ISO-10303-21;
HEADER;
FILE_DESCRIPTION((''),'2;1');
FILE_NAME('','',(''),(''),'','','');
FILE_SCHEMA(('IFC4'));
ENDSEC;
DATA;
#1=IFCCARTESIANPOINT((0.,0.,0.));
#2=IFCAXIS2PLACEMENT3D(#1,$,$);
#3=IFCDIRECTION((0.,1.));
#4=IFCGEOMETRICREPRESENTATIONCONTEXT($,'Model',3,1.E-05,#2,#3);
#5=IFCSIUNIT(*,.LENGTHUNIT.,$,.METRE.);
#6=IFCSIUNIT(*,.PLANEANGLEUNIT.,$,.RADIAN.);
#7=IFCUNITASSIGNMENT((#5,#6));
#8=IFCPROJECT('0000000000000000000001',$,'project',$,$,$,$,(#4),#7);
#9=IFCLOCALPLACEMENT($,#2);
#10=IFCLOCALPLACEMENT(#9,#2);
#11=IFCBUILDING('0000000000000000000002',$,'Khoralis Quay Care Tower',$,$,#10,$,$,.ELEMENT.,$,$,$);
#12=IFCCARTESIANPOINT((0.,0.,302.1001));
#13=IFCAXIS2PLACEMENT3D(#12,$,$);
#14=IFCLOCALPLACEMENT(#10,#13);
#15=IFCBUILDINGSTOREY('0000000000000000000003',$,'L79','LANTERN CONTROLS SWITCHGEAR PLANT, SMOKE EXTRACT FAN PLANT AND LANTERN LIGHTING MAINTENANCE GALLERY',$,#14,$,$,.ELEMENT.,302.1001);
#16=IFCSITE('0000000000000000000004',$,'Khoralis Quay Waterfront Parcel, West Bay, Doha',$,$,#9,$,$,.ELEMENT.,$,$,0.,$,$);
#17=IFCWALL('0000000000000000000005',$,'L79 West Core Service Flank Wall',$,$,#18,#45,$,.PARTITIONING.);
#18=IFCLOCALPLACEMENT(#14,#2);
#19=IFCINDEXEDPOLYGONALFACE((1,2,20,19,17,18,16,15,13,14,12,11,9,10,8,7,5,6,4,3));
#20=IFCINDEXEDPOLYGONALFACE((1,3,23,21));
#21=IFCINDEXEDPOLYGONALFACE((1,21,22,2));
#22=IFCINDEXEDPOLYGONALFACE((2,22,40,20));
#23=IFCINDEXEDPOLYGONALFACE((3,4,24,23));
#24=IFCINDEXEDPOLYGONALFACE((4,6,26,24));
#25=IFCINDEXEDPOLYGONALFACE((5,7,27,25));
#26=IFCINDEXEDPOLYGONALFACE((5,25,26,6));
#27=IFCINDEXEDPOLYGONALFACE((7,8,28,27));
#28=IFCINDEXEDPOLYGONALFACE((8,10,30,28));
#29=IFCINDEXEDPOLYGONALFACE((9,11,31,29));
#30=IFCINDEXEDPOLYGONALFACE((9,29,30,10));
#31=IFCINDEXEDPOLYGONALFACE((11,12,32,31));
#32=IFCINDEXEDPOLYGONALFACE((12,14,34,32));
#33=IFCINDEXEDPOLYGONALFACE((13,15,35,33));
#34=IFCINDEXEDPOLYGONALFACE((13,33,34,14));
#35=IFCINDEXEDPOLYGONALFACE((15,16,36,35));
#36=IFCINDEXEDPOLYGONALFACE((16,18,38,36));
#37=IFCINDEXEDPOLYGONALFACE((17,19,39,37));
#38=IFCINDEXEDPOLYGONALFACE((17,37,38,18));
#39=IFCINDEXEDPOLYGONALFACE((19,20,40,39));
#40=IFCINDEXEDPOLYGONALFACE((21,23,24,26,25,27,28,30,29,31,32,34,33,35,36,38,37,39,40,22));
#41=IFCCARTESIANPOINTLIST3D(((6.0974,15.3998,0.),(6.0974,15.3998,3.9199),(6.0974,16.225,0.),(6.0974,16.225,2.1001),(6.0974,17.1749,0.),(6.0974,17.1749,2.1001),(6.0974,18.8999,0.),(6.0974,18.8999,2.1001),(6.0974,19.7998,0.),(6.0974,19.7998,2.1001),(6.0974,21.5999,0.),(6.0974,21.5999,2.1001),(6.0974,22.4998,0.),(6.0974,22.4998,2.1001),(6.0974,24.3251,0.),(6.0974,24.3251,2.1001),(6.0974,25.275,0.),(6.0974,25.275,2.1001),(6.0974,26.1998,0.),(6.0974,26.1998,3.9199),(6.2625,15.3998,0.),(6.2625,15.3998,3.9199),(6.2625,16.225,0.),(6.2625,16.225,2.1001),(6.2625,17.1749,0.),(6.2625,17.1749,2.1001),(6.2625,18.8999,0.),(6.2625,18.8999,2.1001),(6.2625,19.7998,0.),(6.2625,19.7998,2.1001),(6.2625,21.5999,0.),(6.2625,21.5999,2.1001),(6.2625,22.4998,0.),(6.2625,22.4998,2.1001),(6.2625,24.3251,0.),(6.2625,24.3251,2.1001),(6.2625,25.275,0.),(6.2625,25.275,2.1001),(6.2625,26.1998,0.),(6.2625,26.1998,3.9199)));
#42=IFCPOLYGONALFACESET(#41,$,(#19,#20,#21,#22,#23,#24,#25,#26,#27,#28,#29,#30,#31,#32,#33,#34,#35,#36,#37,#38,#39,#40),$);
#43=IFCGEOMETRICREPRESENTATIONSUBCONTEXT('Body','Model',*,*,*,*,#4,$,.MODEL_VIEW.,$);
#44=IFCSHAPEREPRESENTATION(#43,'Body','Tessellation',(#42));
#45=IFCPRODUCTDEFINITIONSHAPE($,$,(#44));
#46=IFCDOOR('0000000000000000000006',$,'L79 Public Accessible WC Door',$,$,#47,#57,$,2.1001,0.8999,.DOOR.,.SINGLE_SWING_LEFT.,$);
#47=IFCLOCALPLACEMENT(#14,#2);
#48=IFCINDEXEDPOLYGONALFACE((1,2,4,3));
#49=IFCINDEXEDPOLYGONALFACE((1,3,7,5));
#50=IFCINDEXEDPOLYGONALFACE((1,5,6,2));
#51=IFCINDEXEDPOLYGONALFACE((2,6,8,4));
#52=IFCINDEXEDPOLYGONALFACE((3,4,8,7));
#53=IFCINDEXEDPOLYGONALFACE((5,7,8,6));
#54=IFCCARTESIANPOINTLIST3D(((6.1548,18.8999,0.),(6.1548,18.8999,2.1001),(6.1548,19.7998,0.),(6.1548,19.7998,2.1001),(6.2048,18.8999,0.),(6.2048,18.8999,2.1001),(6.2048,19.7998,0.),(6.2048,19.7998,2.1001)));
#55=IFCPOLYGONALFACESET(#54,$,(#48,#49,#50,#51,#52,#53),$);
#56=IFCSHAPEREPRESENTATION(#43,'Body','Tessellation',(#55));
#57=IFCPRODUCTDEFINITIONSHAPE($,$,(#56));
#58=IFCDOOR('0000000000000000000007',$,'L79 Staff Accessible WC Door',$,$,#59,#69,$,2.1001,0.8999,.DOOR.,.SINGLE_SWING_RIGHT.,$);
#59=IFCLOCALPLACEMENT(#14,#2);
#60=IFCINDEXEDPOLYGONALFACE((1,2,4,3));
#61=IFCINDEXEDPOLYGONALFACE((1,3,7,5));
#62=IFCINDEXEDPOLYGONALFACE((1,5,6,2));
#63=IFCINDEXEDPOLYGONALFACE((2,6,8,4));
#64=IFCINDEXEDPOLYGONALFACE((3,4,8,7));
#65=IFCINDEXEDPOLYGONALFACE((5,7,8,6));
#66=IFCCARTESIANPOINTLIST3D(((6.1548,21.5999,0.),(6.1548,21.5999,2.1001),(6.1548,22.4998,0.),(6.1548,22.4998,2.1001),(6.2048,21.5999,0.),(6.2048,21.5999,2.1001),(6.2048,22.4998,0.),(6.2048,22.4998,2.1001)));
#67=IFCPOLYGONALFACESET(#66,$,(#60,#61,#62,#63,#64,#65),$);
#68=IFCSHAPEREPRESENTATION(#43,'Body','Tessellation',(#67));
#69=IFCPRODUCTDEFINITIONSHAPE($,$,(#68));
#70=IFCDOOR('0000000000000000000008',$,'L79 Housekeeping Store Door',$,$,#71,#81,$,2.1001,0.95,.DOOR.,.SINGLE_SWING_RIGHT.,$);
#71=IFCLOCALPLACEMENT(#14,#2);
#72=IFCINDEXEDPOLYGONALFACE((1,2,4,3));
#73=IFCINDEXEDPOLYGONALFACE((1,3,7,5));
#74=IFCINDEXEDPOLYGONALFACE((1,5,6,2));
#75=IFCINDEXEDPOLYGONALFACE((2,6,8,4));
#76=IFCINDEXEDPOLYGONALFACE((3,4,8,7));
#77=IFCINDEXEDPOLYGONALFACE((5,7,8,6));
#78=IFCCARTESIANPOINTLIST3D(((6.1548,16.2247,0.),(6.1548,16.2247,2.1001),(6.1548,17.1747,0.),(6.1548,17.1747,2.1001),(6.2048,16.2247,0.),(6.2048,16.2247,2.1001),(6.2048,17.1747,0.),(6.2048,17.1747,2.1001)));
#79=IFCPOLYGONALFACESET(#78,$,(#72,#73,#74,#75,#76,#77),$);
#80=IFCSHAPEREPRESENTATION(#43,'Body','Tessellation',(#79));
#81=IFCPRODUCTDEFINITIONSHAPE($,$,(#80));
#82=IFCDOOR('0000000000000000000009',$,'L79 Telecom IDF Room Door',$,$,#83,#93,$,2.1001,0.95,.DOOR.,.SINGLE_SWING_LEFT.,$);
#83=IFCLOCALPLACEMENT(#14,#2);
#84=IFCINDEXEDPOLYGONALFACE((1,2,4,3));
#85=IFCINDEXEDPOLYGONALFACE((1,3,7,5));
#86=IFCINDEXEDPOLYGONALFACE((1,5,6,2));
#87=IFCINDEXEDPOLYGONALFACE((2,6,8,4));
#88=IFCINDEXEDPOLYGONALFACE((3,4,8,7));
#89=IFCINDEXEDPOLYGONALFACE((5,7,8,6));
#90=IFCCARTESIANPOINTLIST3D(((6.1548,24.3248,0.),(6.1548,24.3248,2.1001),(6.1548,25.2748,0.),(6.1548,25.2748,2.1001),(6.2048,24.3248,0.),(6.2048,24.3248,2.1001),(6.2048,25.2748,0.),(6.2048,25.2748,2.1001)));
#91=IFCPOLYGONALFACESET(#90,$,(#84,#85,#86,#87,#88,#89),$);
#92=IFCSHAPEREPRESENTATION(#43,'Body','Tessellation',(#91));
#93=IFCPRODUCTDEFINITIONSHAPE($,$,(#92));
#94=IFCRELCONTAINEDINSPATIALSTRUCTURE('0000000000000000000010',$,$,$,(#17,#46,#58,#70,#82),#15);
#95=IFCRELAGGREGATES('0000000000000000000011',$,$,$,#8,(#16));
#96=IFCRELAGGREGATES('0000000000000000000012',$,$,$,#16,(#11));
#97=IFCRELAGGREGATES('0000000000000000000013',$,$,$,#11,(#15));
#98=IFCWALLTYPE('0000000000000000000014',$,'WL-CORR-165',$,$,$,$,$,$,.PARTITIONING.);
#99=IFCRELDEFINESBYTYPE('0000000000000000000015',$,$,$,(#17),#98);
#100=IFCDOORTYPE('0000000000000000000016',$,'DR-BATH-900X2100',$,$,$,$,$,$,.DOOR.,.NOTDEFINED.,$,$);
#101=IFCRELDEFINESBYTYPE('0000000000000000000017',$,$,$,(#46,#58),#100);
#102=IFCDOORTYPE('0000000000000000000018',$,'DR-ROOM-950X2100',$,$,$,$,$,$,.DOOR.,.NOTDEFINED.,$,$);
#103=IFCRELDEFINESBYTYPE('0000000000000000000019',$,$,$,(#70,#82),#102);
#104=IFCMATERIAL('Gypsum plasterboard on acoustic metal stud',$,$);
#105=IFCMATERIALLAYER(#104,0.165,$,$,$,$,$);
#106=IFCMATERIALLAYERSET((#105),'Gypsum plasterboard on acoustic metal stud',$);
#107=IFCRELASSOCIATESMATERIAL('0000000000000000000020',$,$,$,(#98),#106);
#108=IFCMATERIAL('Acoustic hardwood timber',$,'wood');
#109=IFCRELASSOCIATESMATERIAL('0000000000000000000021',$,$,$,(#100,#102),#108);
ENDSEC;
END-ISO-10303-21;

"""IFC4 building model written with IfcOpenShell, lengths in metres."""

from ifc_helpers import new_model, si_unit, direction, frame, frame_2d, origin, place, context, subcontext, project, spatial, rectangle, extrude, source, transform, mapped, material, layer, layer_set, type_object, element, fill, save


model = new_model("IFC4")

# Units and contexts
model_context = context("Model", 3, precision=1e-05, world=origin(), true_north=direction((0.0, 1.0)))
body_context = subcontext(model_context, "Body", "Model", "MODEL_VIEW")
ifc_project = project(units=[si_unit("LENGTHUNIT", "METRE"), si_unit("PLANEANGLEUNIT", "RADIAN")], contexts=[model_context])

# Site, building, storey
site_placement = place(None, origin())
site = spatial("IfcSite", under=ifc_project, at=site_placement, Name="Khoralis Quay Waterfront Parcel, West Bay, Doha", CompositionType="ELEMENT", RefElevation=0.0)
building_placement = place(site_placement, origin())
building = spatial("IfcBuilding", under=site, at=building_placement, Name="Khoralis Quay Care Tower", CompositionType="ELEMENT")
storey_placement = place(building_placement, frame((0.0, 0.0, 302.1001)))
storey = spatial("IfcBuildingStorey", under=building, at=storey_placement, Name="L79", Description="LANTERN CONTROLS SWITCHGEAR PLANT, SMOKE EXTRACT FAN PLANT AND LANTERN LIGHTING MAINTENANCE GALLERY", CompositionType="ELEMENT", Elevation=302.1001)

# Wall, openings, doors
ifc_material_1 = material(Name="Gypsum plasterboard on acoustic metal stud")
ifc_layer_1 = layer(ifc_material_1, 0.165)
ifc_layer_set_1 = layer_set([ifc_layer_1], Name="Gypsum plasterboard on acoustic metal stud")
wall_type = type_object("IfcWallType", Name="WL-CORR-165", PredefinedType="PARTITIONING", material=ifc_layer_set_1)
wall_placement = place(storey_placement, frame((6.1799, 15.3999, 0.0), z_axis=(0.0, 0.0, 1.0), x_axis=(0.0, 1.0, 0.0)))
wall = element("IfcWall", 1, at=wall_placement, inside=storey, type_object=wall_type, Name="L79 West Core Service Flank Wall", PredefinedType="PARTITIONING", context=body_context, shape_type="SweptSolid", body=[
    extrude(rectangle(XDim=10.8, YDim=0.165, at=frame_2d((5.3999, 0.0))), origin(), (0.0, 0.0, 1.0), 3.9199),
])
opening_1_placement = place(wall_placement, frame((0.825, 0.0, 0.0)))
opening_1 = element("IfcOpeningElement", 2, at=opening_1_placement, cuts=wall, PredefinedType="OPENING", context=body_context, shape_type="SweptSolid", body=[
    extrude(rectangle(XDim=0.95, YDim=2.1001, at=frame_2d((0.4751, 1.05))), frame((0.0, 0.0925, 0.0), z_axis=(0.0, -1.0, 0.0), x_axis=(1.0, 0.0, 0.0)), (0.0, 0.0, 1.0), 0.1851),
])
opening_2_placement = place(wall_placement, frame((3.5, 0.0, 0.0)))
opening_2 = element("IfcOpeningElement", 3, at=opening_2_placement, cuts=wall, PredefinedType="OPENING", context=body_context, shape_type="SweptSolid", body=[
    extrude(rectangle(XDim=0.8999, YDim=2.1001, at=frame_2d((0.45, 1.05))), frame((0.0, 0.0925, 0.0), z_axis=(0.0, -1.0, 0.0), x_axis=(1.0, 0.0, 0.0)), (0.0, 0.0, 1.0), 0.1851),
])
opening_3_placement = place(wall_placement, frame((6.2, 0.0, 0.0)))
opening_3 = element("IfcOpeningElement", 4, at=opening_3_placement, cuts=wall, PredefinedType="OPENING", context=body_context, shape_type="SweptSolid", body=[
    extrude(rectangle(XDim=0.8999, YDim=2.1001, at=frame_2d((0.45, 1.05))), frame((0.0, 0.0925, 0.0), z_axis=(0.0, -1.0, 0.0), x_axis=(1.0, 0.0, 0.0)), (0.0, 0.0, 1.0), 0.1851),
])
opening_4_placement = place(wall_placement, frame((8.925, 0.0, 0.0)))
opening_4 = element("IfcOpeningElement", 5, at=opening_4_placement, cuts=wall, PredefinedType="OPENING", context=body_context, shape_type="SweptSolid", body=[
    extrude(rectangle(XDim=0.95, YDim=2.1001, at=frame_2d((0.4751, 1.05))), frame((0.0, 0.0925, 0.0), z_axis=(0.0, -1.0, 0.0), x_axis=(1.0, 0.0, 0.0)), (0.0, 0.0, 1.0), 0.1851),
])
ifc_material_2 = material(Name="Acoustic hardwood timber", Category="wood")
door_type_1 = type_object("IfcDoorType", Name="DR-BATH-900X2100", OperationType="NOTDEFINED", PredefinedType="DOOR", material=ifc_material_2)
shared_shape_1 = source(origin(), body_context, "Body", "SweptSolid", [
    extrude(rectangle(XDim=0.8999, YDim=2.1001, at=frame_2d((0.45, 1.05))), frame((0.0, 0.0249, 0.0), z_axis=(0.0, -1.0, 0.0), x_axis=(1.0, 0.0, 0.0)), (0.0, 0.0, 1.0), 0.05),
])
door_1_placement = place(opening_2_placement, frame((0.8999, 0.0, 0.0), z_axis=(0.0, 0.0, 1.0), x_axis=(-1.0, 0.0, 0.0)))
door_1 = element("IfcDoor", 6, at=door_1_placement, inside=storey, type_object=door_type_1, Name="L79 Public Accessible WC Door", OperationType="SINGLE_SWING_LEFT", OverallHeight=2.1001, OverallWidth=0.8999, PredefinedType="DOOR", context=body_context, shape_type="MappedRepresentation", body=[
    mapped(shared_shape_1, transform((0.0, 0.0, 0.0), scale=1.0)),
])
fill(opening_2, door_1)
door_2_placement = place(opening_3_placement, frame((0.8999, 0.0, 0.0), z_axis=(0.0, 0.0, 1.0), x_axis=(-1.0, 0.0, 0.0)))
door_2 = element("IfcDoor", 7, at=door_2_placement, inside=storey, type_object=door_type_1, Name="L79 Staff Accessible WC Door", OperationType="SINGLE_SWING_RIGHT", OverallHeight=2.1001, OverallWidth=0.8999, PredefinedType="DOOR", context=body_context, shape_type="MappedRepresentation", body=[
    mapped(shared_shape_1, transform((0.0, 0.0, 0.0), scale=1.0)),
])
fill(opening_3, door_2)
door_type_2 = type_object("IfcDoorType", Name="DR-ROOM-950X2100", OperationType="NOTDEFINED", PredefinedType="DOOR", material=ifc_material_2)
shared_shape_2 = source(origin(), body_context, "Body", "SweptSolid", [
    extrude(rectangle(XDim=0.95, YDim=2.1001, at=frame_2d((0.4751, 1.05))), frame((0.0, 0.0249, 0.0), z_axis=(0.0, -1.0, 0.0), x_axis=(1.0, 0.0, 0.0)), (0.0, 0.0, 1.0), 0.05),
])
door_3_placement = place(opening_1_placement, frame((0.95, 0.0, 0.0), z_axis=(0.0, 0.0, 1.0), x_axis=(-1.0, 0.0, 0.0)))
door_3 = element("IfcDoor", 8, at=door_3_placement, inside=storey, type_object=door_type_2, Name="L79 Housekeeping Store Door", OperationType="SINGLE_SWING_RIGHT", OverallHeight=2.1001, OverallWidth=0.95, PredefinedType="DOOR", context=body_context, shape_type="MappedRepresentation", body=[
    mapped(shared_shape_2, transform((0.0, 0.0, 0.0), scale=1.0)),
])
fill(opening_1, door_3)
door_4_placement = place(opening_4_placement, frame((0.95, 0.0, 0.0), z_axis=(0.0, 0.0, 1.0), x_axis=(-1.0, 0.0, 0.0)))
door_4 = element("IfcDoor", 9, at=door_4_placement, inside=storey, type_object=door_type_2, Name="L79 Telecom IDF Room Door", OperationType="SINGLE_SWING_LEFT", OverallHeight=2.1001, OverallWidth=0.95, PredefinedType="DOOR", context=body_context, shape_type="MappedRepresentation", body=[
    mapped(shared_shape_2, transform((0.0, 0.0, 0.0), scale=1.0)),
])
fill(opening_4, door_4)

save(model, "model.ifc")
